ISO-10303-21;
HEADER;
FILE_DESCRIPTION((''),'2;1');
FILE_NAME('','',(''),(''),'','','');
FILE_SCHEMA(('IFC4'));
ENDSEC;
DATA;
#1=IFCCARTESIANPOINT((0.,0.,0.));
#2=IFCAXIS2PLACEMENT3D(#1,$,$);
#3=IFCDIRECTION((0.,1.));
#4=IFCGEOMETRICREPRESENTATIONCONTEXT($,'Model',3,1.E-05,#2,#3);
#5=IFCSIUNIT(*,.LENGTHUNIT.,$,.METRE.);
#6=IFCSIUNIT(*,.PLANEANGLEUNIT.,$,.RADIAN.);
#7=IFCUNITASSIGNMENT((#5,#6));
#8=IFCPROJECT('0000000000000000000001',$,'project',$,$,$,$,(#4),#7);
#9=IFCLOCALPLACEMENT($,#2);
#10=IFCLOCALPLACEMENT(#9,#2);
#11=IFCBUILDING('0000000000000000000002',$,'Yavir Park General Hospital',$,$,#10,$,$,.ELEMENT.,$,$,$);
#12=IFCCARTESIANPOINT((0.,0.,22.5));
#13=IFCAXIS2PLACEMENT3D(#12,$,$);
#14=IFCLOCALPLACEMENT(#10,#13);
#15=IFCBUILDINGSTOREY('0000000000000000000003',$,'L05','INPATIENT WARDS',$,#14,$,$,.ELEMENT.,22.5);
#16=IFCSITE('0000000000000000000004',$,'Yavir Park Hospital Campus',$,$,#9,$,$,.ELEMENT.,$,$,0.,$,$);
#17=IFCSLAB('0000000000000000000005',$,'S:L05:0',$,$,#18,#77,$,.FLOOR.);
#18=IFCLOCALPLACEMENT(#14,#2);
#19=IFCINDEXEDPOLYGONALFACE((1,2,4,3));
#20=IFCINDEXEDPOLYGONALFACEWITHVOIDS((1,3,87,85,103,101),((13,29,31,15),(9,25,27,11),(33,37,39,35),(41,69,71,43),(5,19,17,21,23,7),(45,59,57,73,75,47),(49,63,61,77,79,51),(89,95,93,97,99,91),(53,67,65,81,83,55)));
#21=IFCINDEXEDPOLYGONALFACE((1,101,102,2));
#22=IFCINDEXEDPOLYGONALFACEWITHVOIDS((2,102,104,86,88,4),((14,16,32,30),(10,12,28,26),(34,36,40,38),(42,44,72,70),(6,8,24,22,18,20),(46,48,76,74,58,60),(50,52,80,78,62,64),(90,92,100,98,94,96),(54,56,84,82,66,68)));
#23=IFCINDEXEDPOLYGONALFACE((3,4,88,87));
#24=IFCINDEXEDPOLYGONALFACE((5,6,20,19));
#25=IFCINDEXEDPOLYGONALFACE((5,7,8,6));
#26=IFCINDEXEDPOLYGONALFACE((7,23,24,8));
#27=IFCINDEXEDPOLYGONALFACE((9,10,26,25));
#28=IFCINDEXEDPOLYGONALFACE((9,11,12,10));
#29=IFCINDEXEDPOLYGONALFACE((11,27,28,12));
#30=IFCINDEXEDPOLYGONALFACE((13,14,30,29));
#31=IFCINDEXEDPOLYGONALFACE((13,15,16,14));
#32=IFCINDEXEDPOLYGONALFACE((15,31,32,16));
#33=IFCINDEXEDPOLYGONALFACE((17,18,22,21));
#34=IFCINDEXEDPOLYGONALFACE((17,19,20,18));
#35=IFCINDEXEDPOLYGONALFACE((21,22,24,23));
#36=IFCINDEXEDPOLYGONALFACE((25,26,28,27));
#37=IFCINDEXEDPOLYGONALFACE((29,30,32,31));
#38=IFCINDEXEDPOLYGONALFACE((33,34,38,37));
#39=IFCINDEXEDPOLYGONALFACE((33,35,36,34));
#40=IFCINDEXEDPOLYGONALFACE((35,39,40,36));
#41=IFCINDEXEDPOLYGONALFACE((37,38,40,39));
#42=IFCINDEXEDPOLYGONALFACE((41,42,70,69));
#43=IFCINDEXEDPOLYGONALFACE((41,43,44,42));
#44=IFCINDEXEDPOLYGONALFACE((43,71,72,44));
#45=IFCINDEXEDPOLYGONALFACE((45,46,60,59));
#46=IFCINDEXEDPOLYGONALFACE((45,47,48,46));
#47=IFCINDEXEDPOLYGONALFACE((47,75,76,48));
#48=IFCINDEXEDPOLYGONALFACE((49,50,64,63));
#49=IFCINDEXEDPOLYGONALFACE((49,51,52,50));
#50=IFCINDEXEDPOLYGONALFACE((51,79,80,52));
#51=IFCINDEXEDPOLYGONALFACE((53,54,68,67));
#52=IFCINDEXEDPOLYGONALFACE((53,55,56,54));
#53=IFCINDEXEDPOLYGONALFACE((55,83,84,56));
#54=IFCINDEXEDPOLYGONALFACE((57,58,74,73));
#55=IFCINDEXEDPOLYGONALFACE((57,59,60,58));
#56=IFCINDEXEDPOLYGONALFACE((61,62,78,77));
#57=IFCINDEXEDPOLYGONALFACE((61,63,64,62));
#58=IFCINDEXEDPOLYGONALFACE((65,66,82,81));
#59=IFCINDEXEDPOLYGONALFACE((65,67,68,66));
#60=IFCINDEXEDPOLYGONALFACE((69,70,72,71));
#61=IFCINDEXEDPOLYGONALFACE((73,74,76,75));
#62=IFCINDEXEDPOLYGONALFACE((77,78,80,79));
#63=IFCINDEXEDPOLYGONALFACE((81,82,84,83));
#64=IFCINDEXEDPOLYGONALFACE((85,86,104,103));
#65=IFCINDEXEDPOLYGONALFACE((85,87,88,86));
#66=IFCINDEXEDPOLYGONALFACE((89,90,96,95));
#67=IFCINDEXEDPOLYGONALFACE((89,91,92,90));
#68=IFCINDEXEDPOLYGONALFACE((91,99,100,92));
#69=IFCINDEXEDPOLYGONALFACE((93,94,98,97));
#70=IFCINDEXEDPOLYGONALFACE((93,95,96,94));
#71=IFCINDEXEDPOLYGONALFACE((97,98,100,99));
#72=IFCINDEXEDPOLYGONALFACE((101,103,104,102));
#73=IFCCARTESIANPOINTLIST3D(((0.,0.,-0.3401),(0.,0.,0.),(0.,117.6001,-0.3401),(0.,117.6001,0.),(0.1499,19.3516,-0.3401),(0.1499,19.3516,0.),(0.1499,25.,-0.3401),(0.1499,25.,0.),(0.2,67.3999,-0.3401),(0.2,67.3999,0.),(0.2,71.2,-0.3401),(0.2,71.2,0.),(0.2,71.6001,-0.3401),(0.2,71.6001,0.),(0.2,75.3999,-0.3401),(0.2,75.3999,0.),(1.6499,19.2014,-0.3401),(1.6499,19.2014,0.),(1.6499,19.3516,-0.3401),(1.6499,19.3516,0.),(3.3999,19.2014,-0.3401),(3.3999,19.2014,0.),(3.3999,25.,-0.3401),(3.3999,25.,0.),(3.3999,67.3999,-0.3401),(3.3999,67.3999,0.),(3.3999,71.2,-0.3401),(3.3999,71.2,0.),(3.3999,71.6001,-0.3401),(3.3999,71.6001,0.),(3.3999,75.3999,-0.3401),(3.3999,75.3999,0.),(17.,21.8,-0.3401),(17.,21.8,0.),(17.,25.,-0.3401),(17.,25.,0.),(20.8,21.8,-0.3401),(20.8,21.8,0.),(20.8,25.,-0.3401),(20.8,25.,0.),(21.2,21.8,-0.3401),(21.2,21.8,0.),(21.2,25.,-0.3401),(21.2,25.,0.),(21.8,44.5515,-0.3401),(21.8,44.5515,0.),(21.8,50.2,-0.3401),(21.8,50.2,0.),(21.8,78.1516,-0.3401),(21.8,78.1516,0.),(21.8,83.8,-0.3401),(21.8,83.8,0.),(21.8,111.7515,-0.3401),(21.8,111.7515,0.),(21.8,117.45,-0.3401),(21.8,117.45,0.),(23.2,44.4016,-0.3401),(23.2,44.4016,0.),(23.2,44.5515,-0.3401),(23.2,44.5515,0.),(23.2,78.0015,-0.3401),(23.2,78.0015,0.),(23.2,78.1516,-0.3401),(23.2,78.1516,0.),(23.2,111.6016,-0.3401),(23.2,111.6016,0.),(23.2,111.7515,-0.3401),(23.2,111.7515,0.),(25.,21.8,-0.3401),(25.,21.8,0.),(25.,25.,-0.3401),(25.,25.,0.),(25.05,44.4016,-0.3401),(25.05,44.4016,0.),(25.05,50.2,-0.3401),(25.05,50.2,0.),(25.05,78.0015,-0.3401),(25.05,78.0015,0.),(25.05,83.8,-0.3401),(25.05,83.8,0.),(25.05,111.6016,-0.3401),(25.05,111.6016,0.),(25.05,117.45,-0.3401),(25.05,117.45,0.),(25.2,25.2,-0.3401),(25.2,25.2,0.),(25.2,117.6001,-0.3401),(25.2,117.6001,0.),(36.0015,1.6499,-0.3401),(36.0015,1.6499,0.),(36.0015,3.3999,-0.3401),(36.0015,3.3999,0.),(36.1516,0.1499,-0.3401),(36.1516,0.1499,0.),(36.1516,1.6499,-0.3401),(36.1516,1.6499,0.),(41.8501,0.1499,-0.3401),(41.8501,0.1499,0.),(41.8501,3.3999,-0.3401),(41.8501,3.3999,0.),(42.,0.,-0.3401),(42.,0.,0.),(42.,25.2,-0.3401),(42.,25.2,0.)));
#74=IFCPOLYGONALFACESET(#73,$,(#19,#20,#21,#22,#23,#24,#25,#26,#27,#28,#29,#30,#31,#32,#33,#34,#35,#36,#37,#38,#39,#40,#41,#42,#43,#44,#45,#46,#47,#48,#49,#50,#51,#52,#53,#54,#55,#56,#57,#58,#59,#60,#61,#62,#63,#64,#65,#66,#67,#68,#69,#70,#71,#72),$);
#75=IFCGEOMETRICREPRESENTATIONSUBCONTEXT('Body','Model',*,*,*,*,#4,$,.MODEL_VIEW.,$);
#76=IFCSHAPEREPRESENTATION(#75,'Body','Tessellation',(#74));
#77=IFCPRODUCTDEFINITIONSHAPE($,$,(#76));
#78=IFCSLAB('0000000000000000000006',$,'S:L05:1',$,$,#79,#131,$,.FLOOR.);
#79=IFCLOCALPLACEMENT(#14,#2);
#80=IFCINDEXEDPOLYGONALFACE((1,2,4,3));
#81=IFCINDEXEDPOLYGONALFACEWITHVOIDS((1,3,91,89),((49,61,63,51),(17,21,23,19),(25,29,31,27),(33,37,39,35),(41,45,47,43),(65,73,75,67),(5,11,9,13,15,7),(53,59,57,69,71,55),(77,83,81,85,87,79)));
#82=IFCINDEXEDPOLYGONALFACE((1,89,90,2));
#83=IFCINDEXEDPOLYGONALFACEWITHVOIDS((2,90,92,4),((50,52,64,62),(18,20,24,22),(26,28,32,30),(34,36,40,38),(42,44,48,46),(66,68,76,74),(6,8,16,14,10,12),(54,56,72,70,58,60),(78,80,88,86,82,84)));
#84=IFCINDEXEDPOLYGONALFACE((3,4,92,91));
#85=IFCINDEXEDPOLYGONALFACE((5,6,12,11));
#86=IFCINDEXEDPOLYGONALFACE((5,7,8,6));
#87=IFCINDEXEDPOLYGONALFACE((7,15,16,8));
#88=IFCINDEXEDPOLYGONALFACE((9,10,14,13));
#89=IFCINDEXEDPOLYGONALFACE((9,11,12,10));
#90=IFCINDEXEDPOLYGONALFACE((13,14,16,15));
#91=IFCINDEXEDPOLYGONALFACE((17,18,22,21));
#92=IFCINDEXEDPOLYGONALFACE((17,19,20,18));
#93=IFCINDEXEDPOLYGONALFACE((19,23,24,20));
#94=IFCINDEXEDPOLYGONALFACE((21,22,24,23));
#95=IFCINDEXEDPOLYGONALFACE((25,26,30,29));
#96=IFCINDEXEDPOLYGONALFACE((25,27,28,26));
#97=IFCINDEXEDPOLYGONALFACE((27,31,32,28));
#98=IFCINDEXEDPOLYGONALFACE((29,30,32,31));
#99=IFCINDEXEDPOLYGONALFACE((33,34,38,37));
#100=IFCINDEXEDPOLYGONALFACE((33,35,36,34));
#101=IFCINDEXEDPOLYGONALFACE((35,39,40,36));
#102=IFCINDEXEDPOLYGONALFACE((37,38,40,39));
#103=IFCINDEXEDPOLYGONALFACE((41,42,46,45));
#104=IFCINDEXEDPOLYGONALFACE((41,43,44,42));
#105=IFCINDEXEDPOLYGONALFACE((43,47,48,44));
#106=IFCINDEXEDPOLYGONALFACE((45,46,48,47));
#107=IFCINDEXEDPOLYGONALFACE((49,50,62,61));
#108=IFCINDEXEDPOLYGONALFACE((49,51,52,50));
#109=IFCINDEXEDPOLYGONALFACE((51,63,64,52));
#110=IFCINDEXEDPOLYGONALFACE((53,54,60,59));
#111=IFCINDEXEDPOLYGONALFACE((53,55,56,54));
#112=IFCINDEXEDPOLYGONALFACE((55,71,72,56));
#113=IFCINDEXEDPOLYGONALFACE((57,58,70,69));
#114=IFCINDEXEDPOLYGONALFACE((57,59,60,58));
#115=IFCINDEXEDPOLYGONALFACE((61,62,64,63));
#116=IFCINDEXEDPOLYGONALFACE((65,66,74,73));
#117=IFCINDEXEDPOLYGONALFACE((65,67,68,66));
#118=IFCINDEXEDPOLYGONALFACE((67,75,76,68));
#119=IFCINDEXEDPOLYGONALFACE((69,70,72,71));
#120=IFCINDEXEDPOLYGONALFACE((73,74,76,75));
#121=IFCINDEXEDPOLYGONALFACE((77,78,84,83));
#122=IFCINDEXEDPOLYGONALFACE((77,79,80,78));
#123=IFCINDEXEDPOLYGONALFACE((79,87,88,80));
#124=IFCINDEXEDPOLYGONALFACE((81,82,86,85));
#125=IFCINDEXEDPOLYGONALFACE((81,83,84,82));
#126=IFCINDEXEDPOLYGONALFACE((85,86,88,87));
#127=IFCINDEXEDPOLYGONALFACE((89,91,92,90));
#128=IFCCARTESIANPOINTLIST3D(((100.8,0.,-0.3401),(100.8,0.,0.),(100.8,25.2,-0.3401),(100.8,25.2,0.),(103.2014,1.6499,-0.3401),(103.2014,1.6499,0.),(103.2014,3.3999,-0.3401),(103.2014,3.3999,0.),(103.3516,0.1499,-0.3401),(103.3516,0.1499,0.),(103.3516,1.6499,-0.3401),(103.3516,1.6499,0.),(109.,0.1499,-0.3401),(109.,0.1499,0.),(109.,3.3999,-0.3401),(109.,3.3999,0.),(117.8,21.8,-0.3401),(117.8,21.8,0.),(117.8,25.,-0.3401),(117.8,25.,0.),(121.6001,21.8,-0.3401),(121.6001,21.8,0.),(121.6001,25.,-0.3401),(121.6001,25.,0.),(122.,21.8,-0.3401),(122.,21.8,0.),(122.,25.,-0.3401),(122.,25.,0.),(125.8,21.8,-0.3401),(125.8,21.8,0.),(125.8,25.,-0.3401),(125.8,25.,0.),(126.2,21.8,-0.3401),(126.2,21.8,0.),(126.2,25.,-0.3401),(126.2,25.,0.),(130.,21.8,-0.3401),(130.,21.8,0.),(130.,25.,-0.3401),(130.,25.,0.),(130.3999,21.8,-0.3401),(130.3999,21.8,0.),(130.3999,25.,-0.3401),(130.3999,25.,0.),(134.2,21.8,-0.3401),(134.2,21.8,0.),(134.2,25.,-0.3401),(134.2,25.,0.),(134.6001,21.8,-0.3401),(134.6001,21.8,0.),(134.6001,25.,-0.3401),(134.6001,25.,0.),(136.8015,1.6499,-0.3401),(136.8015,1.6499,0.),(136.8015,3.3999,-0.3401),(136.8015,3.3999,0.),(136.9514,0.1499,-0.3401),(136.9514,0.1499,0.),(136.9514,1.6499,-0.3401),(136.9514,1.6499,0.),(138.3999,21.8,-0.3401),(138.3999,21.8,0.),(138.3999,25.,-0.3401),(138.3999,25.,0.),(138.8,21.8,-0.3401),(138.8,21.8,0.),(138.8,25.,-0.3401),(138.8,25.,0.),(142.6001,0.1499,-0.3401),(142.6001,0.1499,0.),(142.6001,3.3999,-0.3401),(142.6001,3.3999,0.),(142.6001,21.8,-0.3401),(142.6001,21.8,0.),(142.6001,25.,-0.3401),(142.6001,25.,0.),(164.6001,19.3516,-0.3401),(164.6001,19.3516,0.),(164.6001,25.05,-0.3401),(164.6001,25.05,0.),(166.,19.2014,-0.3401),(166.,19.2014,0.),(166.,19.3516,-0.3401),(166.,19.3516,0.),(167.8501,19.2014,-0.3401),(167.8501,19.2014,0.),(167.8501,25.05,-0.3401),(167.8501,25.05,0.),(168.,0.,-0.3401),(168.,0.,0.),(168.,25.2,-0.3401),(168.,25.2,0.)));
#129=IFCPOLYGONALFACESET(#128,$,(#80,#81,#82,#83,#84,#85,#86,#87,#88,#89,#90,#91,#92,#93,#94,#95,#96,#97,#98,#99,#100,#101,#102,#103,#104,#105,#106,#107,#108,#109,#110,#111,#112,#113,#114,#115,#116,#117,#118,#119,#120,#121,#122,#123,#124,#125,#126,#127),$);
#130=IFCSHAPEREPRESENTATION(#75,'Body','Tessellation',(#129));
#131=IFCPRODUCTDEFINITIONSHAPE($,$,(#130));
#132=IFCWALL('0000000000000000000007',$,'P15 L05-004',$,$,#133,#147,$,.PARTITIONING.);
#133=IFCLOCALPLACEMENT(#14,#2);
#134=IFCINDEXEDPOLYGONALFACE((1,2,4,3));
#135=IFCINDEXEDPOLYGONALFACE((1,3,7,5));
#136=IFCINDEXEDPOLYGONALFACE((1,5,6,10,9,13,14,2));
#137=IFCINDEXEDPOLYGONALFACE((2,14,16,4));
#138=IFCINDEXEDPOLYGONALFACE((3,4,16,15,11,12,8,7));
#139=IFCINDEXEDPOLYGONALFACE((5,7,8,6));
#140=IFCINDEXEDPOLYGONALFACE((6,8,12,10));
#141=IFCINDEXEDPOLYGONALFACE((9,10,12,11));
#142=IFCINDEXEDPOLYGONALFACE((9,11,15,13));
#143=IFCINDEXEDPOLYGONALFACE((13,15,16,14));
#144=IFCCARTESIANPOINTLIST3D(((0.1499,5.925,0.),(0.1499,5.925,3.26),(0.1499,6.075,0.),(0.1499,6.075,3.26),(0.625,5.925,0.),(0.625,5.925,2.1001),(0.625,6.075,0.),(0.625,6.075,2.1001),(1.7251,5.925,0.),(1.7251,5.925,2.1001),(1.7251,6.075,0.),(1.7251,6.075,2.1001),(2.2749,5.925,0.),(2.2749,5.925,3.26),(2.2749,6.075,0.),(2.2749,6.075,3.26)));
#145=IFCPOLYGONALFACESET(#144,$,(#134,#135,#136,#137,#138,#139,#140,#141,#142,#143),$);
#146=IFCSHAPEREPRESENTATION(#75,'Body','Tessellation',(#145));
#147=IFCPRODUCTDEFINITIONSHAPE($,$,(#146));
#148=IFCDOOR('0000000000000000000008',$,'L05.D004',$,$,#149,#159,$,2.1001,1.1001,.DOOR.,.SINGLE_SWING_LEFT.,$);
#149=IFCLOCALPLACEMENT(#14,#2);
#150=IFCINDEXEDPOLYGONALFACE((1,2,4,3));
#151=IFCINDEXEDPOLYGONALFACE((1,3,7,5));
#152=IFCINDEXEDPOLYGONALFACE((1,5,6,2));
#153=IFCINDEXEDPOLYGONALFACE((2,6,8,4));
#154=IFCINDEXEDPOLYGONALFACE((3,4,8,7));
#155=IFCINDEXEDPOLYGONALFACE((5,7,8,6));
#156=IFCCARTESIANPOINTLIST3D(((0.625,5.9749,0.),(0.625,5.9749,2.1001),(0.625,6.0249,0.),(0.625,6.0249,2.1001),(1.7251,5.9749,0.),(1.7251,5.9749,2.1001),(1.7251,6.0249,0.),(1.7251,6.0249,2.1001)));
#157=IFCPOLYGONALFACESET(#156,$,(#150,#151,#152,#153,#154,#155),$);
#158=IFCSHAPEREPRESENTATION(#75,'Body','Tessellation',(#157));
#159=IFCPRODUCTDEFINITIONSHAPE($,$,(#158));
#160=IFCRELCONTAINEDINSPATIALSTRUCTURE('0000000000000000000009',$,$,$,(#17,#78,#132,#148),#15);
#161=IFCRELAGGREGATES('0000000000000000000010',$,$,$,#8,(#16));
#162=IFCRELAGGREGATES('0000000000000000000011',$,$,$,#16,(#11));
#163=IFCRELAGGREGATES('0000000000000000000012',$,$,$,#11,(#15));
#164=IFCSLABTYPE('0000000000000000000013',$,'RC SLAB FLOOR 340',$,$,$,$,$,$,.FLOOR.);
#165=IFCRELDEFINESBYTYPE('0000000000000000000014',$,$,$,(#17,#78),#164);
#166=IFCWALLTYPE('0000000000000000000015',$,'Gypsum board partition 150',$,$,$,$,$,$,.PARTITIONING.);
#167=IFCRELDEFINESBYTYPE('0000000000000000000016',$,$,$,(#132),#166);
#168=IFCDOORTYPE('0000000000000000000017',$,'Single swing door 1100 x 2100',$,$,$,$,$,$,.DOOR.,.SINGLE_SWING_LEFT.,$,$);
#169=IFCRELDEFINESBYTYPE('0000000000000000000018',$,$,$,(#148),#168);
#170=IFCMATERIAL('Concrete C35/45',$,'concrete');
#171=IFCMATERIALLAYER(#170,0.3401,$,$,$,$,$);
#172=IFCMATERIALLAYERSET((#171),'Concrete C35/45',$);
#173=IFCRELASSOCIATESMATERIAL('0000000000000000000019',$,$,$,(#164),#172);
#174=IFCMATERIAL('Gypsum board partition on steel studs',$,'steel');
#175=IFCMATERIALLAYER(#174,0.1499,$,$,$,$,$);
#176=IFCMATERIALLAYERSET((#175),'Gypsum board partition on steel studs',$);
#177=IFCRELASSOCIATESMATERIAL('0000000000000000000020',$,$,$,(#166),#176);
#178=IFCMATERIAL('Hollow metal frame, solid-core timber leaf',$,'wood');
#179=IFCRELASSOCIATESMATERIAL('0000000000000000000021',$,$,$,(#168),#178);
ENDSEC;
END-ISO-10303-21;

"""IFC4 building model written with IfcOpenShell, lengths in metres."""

from ifc_helpers import new_model, si_unit, direction, frame, frame_2d, origin, place, context, subcontext, project, spatial, polyline, rectangle, outline, extrude, material, layer, layer_set, type_object, element, fill, save


model = new_model("IFC4")

# Units and contexts
model_context = context("Model", 3, precision=1e-05, world=origin(), true_north=direction((0.0, 1.0)))
body_context = subcontext(model_context, "Body", "Model", "MODEL_VIEW")
ifc_project = project(units=[si_unit("LENGTHUNIT", "METRE"), si_unit("PLANEANGLEUNIT", "RADIAN")], contexts=[model_context])

# Site, building, storey
site_placement = place(None, origin())
site = spatial("IfcSite", under=ifc_project, at=site_placement, Name="Yavir Park Hospital Campus", CompositionType="ELEMENT", RefElevation=0.0)
building_placement = place(site_placement, origin())
building = spatial("IfcBuilding", under=site, at=building_placement, Name="Yavir Park General Hospital", CompositionType="ELEMENT")
storey_placement = place(building_placement, frame((0.0, 0.0, 22.5)))
storey = spatial("IfcBuildingStorey", under=building, at=storey_placement, Name="L05", Description="INPATIENT WARDS", CompositionType="ELEMENT", Elevation=22.5)

# Slabs
ifc_material_1 = material(Name="Concrete C35/45", Category="concrete")
ifc_layer_1 = layer(ifc_material_1, 0.3401)
ifc_layer_set_1 = layer_set([ifc_layer_1], Name="Concrete C35/45")
slab_type_1 = type_object("IfcSlabType", Name="RC SLAB FLOOR 340", PredefinedType="FLOOR", material=ifc_layer_set_1)
slab_1_placement = place(storey_placement, frame((0.0, 0.0, -0.3401)))
element("IfcSlab", 1, at=slab_1_placement, inside=storey, type_object=slab_type_1, Name="S:L05:0", PredefinedType="FLOOR", context=body_context, shape_type="SweptSolid", body=[
    extrude(outline(polyline([(42.0, 25.2), (25.2, 25.2), (25.2, 117.6001), (0.0, 117.6001), (0.0, 0.0), (42.0, 0.0), (42.0, 25.2)]), holes=[polyline([(17.0, 21.8), (17.0, 25.0), (20.8, 25.0), (20.8, 21.8), (17.0, 21.8)]), polyline([(21.2, 21.8), (21.2, 25.0), (25.0, 25.0), (25.0, 21.8), (21.2, 21.8)]), polyline([(0.2, 67.3999), (0.2, 71.2), (3.3999, 71.2), (3.3999, 67.3999), (0.2, 67.3999)]), polyline([(0.2, 71.6001), (0.2, 75.3999), (3.3999, 75.3999), (3.3999, 71.6001), (0.2, 71.6001)]), polyline([(3.3999, 19.2014), (1.6499, 19.2014), (1.6499, 19.3516), (0.1499, 19.3516), (0.1499, 25.0), (3.3999, 25.0), (3.3999, 19.2014)]), polyline([(41.8501, 0.1499), (36.1516, 0.1499), (36.1516, 1.6499), (36.0015, 1.6499), (36.0015, 3.3999), (41.8501, 3.3999), (41.8501, 0.1499)]), polyline([(21.8, 50.2), (25.05, 50.2), (25.05, 44.4016), (23.2, 44.4016), (23.2, 44.5515), (21.8, 44.5515), (21.8, 50.2)]), polyline([(25.05, 78.0015), (23.2, 78.0015), (23.2, 78.1516), (21.8, 78.1516), (21.8, 83.8), (25.05, 83.8), (25.05, 78.0015)]), polyline([(23.2, 111.7515), (21.8, 111.7515), (21.8, 117.45), (25.05, 117.45), (25.05, 111.6016), (23.2, 111.6016), (23.2, 111.7515)])]), origin(), (0.0, 0.0, 1.0), 0.3401),
])
slab_2_placement = place(storey_placement, frame((0.0, 0.0, -0.3401)))
element("IfcSlab", 2, at=slab_2_placement, inside=storey, type_object=slab_type_1, Name="S:L05:1", PredefinedType="FLOOR", context=body_context, shape_type="SweptSolid", body=[
    extrude(outline(polyline([(100.8, 25.2), (100.8, 0.0), (168.0, 0.0), (168.0, 25.2), (100.8, 25.2)]), holes=[polyline([(117.8, 21.8), (117.8, 25.0), (121.6001, 25.0), (121.6001, 21.8), (117.8, 21.8)]), polyline([(122.0, 21.8), (122.0, 25.0), (125.8, 25.0), (125.8, 21.8), (122.0, 21.8)]), polyline([(126.2, 21.8), (126.2, 25.0), (130.0, 25.0), (130.0, 21.8), (126.2, 21.8)]), polyline([(130.3999, 21.8), (130.3999, 25.0), (134.2, 25.0), (134.2, 21.8), (130.3999, 21.8)]), polyline([(134.6001, 25.0), (138.3999, 25.0), (138.3999, 21.8), (134.6001, 21.8), (134.6001, 25.0)]), polyline([(138.8, 25.0), (142.6001, 25.0), (142.6001, 21.8), (138.8, 21.8), (138.8, 25.0)]), polyline([(103.3516, 1.6499), (103.2014, 1.6499), (103.2014, 3.3999), (109.0, 3.3999), (109.0, 0.1499), (103.3516, 0.1499), (103.3516, 1.6499)]), polyline([(136.8015, 3.3999), (142.6001, 3.3999), (142.6001, 0.1499), (136.9514, 0.1499), (136.9514, 1.6499), (136.8015, 1.6499), (136.8015, 3.3999)]), polyline([(166.0, 19.3516), (164.6001, 19.3516), (164.6001, 25.05), (167.8501, 25.05), (167.8501, 19.2014), (166.0, 19.2014), (166.0, 19.3516)])]), origin(), (0.0, 0.0, 1.0), 0.3401),
])

# Wall, opening, door
ifc_material_2 = material(Name="Gypsum board partition on steel studs", Category="steel")
ifc_layer_2 = layer(ifc_material_2, 0.1499)
ifc_layer_set_2 = layer_set([ifc_layer_2], Name="Gypsum board partition on steel studs")
wall_type_1 = type_object("IfcWallType", Name="Gypsum board partition 150", PredefinedType="PARTITIONING", material=ifc_layer_set_2)
wall_1_placement = place(storey_placement, frame((0.1499, 6.0, 0.0), z_axis=(0.0, 0.0, 1.0), x_axis=(1.0, 0.0, 0.0)))
wall_1 = element("IfcWall", 3, at=wall_1_placement, inside=storey, type_object=wall_type_1, Name="P15 L05-004", PredefinedType="PARTITIONING", context=body_context, shape_type="SweptSolid", body=[
    extrude(rectangle(XDim=2.125, YDim=0.1499, at=frame_2d((1.0625, 0.0))), origin(), (0.0, 0.0, 1.0), 3.26),
])
opening_1_placement = place(wall_1_placement, frame((0.4751, 0.0, 0.0)))
opening_1 = element("IfcOpeningElement", 4, at=opening_1_placement, cuts=wall_1, PredefinedType="OPENING", context=body_context, shape_type="SweptSolid", body=[
    extrude(rectangle(XDim=1.1001, YDim=2.1001, at=frame_2d((0.55, 1.05))), frame((0.0, 0.085, 0.0), z_axis=(0.0, -1.0, 0.0), x_axis=(1.0, 0.0, 0.0)), (0.0, 0.0, 1.0), 0.1699),
])
ifc_material_3 = material(Name="Hollow metal frame, solid-core timber leaf", Category="wood")
door_type = type_object("IfcDoorType", Name="Single swing door 1100 x 2100", OperationType="SINGLE_SWING_LEFT", PredefinedType="DOOR", material=ifc_material_3)
door_placement = place(opening_1_placement, origin())
door = element("IfcDoor", 5, at=door_placement, inside=storey, type_object=door_type, Name="L05.D004", OperationType="SINGLE_SWING_LEFT", OverallHeight=2.1001, OverallWidth=1.1001, PredefinedType="DOOR", context=body_context, shape_type="SweptSolid", body=[
    extrude(rectangle(XDim=1.1001, YDim=2.1001, at=frame_2d((0.55, 1.05))), frame((0.0, 0.0249, 0.0), z_axis=(0.0, -1.0, 0.0), x_axis=(1.0, 0.0, 0.0)), (0.0, 0.0, 1.0), 0.05),
])
fill(opening_1, door)

save(model, "model.ifc")
